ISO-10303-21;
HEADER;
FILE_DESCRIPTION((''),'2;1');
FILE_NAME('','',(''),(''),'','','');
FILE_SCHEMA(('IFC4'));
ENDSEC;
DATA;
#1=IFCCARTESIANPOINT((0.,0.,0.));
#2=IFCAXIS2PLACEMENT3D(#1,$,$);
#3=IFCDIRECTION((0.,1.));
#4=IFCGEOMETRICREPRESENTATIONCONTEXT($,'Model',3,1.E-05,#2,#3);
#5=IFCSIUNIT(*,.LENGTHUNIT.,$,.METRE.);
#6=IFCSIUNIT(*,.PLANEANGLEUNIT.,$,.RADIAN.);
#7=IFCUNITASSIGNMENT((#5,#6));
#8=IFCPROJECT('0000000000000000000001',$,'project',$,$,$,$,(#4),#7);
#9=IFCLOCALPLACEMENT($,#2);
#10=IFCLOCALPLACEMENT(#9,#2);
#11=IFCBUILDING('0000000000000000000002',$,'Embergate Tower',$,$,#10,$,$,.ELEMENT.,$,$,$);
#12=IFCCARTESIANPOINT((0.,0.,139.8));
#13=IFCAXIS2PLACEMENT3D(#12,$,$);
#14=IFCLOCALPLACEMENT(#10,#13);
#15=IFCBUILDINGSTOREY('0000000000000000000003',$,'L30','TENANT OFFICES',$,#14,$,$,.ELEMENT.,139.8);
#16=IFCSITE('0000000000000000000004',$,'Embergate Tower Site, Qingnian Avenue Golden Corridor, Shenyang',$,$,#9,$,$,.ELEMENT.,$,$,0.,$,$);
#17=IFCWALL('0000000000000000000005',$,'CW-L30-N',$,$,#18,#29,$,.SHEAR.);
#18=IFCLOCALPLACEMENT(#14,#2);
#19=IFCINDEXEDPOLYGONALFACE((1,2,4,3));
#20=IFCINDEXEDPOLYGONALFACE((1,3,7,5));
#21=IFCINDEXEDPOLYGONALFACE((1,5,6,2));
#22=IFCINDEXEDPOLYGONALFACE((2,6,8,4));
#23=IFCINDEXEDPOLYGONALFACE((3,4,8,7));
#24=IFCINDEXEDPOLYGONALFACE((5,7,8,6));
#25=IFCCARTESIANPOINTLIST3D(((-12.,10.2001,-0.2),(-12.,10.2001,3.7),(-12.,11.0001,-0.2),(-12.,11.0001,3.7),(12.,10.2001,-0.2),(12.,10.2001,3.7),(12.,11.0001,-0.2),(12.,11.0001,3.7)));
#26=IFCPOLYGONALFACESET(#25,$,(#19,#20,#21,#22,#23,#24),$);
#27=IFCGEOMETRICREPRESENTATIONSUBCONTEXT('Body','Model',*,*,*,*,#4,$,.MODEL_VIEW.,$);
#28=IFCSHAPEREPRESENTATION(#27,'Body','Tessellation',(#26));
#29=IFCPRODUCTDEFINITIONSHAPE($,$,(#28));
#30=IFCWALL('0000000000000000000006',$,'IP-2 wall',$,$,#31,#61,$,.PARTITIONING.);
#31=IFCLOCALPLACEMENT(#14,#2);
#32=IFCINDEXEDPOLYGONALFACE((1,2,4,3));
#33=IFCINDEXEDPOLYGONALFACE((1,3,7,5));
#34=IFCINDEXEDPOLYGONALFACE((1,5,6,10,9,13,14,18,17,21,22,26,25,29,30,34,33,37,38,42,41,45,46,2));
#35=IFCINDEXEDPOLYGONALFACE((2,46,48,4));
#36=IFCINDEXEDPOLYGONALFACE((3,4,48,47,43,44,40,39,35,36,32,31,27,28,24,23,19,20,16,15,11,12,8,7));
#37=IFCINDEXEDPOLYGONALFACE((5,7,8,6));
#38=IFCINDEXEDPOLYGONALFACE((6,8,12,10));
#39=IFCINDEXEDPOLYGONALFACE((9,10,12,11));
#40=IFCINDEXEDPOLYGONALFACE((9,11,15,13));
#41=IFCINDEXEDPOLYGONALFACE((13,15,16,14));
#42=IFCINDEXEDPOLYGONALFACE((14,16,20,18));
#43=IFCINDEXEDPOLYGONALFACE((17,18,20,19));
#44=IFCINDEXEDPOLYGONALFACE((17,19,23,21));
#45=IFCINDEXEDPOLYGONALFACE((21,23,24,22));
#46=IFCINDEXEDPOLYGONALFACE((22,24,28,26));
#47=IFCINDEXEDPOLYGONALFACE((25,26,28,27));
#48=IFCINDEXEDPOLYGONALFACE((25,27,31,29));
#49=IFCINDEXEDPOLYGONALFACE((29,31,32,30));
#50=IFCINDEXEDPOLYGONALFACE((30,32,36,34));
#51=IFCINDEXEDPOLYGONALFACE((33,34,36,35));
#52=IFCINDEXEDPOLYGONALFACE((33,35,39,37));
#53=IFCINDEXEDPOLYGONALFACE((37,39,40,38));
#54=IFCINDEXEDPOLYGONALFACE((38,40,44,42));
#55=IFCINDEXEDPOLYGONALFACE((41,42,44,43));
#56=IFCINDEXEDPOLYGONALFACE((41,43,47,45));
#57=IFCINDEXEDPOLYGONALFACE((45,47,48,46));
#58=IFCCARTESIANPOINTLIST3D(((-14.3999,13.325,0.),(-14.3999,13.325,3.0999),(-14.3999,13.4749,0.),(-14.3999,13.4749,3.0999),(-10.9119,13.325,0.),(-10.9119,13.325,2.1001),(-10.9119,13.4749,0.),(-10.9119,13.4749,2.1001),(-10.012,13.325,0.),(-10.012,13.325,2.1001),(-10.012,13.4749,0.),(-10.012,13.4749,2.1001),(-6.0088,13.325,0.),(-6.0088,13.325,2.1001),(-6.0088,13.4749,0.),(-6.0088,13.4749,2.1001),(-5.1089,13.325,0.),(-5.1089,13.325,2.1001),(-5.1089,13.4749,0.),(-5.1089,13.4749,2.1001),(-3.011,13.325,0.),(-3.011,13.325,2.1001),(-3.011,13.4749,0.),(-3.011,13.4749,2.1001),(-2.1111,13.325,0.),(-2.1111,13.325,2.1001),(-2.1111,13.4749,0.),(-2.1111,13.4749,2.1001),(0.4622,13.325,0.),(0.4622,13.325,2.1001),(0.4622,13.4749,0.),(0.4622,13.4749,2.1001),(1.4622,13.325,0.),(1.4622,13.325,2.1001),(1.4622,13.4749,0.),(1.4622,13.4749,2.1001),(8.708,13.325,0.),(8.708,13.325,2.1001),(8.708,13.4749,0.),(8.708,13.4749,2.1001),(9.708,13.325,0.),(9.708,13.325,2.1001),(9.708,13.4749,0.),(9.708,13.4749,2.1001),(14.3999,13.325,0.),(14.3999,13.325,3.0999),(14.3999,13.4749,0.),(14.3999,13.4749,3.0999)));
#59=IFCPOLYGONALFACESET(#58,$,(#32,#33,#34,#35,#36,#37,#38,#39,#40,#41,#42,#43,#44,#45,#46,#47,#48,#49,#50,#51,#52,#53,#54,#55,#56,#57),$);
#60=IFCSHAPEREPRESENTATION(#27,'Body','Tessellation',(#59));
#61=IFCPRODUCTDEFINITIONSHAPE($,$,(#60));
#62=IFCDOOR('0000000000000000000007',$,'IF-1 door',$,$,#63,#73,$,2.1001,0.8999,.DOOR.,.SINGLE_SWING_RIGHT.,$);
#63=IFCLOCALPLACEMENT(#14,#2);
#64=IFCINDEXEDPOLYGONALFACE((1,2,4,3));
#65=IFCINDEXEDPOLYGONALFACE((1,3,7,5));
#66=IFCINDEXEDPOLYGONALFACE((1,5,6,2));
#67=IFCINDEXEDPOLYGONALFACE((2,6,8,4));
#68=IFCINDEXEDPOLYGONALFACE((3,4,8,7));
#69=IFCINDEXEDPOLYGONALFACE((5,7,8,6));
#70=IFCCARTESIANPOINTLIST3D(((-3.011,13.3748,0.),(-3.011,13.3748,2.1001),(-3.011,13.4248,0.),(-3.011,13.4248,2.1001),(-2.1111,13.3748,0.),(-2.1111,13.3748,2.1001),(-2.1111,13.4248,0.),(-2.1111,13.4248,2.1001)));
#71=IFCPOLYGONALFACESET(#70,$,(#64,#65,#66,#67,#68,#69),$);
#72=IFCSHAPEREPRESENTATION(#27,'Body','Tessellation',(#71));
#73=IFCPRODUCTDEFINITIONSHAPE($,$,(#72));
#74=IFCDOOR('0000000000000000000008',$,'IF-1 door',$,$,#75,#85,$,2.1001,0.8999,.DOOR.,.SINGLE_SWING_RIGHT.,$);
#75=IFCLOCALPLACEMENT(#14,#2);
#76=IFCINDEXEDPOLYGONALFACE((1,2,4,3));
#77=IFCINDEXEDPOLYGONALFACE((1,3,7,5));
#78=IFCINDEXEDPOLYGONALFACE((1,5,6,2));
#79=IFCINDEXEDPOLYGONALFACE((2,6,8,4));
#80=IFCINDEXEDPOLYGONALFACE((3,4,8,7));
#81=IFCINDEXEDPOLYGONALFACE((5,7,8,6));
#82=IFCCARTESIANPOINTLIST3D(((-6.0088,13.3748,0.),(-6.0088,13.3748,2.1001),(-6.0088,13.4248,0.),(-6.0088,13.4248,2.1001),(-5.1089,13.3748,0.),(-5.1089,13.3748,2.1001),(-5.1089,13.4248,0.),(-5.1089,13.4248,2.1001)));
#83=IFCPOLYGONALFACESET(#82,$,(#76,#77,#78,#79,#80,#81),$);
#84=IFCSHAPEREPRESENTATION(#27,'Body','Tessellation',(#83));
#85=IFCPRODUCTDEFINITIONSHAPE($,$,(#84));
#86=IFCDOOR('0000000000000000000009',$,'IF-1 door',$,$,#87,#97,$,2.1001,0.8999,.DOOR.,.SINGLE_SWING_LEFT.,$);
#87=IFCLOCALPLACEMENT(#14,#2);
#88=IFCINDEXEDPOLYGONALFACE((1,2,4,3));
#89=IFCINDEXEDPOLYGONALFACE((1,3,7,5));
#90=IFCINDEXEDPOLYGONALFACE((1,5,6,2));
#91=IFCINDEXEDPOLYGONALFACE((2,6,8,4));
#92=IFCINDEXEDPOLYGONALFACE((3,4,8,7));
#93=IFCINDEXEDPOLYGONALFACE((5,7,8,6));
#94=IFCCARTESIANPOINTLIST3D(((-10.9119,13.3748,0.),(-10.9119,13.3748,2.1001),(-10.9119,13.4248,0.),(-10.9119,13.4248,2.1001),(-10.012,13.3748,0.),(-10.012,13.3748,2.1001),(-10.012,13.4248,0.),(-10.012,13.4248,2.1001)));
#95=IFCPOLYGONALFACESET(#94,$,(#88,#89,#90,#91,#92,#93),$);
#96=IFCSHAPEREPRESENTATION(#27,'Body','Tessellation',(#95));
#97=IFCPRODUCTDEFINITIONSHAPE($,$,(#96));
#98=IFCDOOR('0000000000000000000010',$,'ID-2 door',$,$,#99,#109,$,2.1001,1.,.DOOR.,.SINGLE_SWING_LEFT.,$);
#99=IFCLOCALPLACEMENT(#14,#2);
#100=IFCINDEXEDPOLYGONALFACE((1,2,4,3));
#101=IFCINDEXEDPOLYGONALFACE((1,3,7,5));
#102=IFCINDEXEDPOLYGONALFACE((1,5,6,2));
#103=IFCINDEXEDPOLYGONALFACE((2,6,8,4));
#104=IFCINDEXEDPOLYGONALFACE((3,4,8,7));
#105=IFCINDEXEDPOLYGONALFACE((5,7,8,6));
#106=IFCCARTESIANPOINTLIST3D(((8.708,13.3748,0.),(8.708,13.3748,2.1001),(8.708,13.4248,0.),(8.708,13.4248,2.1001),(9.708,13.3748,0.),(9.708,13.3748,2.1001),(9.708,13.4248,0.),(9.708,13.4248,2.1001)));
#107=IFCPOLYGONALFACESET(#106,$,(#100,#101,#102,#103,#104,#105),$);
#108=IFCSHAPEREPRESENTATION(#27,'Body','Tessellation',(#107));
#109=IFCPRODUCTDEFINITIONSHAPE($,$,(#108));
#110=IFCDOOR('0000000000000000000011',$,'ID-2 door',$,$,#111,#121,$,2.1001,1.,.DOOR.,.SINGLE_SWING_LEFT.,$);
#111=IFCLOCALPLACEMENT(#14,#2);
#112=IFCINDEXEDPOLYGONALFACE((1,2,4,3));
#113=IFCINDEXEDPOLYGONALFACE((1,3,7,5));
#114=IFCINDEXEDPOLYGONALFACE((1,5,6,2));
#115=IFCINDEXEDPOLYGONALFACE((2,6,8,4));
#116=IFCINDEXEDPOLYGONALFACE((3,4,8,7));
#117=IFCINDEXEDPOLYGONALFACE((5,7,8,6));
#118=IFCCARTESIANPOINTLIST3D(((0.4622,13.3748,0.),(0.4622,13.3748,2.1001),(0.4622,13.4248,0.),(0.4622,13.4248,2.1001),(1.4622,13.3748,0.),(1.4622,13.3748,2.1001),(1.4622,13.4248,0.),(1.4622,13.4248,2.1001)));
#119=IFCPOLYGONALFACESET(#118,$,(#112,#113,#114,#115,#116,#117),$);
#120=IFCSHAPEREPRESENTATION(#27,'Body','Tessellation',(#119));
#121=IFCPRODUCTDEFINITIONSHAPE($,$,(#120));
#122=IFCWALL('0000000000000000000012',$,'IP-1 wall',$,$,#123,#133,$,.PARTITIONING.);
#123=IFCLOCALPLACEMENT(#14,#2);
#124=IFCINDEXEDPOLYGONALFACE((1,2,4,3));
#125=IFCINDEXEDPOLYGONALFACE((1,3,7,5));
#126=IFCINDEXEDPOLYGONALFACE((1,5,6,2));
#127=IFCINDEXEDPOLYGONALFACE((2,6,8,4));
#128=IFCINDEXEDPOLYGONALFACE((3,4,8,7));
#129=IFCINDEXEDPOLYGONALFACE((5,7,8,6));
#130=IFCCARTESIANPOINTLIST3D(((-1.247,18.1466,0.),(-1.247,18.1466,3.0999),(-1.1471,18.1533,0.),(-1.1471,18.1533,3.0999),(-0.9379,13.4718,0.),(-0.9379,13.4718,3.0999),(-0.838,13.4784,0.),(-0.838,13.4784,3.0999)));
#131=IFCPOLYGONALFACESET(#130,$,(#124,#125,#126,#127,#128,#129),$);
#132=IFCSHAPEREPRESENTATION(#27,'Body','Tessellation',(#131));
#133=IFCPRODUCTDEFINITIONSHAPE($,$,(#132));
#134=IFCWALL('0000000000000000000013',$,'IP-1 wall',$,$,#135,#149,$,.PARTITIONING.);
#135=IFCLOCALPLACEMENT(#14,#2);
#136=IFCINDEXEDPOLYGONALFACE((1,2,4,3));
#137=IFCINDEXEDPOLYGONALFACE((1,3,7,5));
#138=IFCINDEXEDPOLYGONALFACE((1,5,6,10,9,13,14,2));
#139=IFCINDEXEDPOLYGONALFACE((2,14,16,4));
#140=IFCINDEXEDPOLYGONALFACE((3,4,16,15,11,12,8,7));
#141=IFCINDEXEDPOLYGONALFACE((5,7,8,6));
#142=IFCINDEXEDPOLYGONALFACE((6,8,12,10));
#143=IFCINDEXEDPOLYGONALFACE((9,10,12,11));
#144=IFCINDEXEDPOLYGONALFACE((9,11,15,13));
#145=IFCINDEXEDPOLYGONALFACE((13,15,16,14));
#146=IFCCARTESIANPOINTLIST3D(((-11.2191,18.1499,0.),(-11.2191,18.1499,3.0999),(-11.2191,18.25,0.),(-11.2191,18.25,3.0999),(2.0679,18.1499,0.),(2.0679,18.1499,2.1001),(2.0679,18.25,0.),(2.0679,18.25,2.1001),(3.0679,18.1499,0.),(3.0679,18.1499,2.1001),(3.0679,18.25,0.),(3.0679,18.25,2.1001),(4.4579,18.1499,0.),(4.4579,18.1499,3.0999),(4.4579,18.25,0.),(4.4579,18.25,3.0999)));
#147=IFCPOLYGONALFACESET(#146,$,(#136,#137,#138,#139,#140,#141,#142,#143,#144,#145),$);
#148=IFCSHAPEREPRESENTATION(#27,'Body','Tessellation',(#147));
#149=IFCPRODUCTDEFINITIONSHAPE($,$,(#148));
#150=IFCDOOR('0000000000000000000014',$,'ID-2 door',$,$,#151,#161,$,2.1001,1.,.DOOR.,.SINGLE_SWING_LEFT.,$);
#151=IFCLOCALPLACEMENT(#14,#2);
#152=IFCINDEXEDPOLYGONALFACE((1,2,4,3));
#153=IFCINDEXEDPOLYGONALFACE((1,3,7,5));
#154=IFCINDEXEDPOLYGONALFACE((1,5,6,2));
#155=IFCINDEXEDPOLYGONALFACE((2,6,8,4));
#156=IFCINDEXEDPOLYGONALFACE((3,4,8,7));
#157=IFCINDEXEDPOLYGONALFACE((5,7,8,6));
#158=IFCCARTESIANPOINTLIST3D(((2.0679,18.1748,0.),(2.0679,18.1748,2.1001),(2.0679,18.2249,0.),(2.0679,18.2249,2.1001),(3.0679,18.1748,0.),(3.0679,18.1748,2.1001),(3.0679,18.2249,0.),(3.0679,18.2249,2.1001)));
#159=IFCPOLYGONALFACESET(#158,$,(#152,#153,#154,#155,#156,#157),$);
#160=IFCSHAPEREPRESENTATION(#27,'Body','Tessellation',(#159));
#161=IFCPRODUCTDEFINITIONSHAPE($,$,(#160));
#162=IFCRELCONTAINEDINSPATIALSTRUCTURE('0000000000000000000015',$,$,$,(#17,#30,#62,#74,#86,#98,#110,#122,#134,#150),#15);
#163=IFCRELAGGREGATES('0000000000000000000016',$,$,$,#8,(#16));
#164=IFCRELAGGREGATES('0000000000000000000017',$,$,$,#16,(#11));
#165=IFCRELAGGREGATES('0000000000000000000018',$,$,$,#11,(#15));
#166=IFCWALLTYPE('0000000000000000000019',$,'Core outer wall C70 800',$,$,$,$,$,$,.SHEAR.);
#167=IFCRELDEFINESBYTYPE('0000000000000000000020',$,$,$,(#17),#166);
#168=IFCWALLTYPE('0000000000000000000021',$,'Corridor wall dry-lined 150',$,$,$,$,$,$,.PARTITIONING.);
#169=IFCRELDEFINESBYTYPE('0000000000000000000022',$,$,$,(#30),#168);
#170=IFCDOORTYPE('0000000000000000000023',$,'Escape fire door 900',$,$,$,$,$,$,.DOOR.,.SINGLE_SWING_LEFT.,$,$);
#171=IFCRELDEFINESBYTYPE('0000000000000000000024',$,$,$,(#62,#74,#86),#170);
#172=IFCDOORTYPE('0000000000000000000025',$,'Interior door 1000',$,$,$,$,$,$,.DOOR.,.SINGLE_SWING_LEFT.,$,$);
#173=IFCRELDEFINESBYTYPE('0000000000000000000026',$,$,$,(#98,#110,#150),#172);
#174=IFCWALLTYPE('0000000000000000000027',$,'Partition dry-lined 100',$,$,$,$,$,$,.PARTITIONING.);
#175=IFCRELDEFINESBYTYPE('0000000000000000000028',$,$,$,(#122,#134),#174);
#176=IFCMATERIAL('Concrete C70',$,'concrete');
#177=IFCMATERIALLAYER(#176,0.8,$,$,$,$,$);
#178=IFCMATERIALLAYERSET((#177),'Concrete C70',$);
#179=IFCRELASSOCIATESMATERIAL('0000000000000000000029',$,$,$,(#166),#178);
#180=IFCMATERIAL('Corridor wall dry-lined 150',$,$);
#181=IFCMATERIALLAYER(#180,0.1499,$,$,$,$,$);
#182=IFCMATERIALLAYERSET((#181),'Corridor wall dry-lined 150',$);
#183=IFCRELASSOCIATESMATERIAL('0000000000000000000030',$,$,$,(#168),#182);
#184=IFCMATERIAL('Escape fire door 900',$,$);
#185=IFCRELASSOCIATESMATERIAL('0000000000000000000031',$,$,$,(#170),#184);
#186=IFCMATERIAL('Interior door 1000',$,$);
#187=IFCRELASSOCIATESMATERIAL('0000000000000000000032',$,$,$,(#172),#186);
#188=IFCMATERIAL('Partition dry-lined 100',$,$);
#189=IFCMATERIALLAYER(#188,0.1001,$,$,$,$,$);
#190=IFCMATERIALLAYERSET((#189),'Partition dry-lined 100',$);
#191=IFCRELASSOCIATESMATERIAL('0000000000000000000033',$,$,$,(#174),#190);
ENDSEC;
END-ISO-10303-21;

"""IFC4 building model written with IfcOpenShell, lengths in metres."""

from ifc_helpers import new_model, si_unit, direction, frame, frame_2d, origin, place, context, subcontext, project, spatial, rectangle, extrude, source, transform, mapped, material, layer, layer_set, type_object, element, fill, save


model = new_model("IFC4")

# Units and contexts
model_context = context("Model", 3, precision=1e-05, world=origin(), true_north=direction((0.0, 1.0)))
body_context = subcontext(model_context, "Body", "Model", "MODEL_VIEW")
ifc_project = project(units=[si_unit("LENGTHUNIT", "METRE"), si_unit("PLANEANGLEUNIT", "RADIAN")], contexts=[model_context])

# Site, building, storey
site_placement = place(None, origin())
site = spatial("IfcSite", under=ifc_project, at=site_placement, Name="Embergate Tower Site, Qingnian Avenue Golden Corridor, Shenyang", CompositionType="ELEMENT", RefElevation=0.0)
building_placement = place(site_placement, origin())
building = spatial("IfcBuilding", under=site, at=building_placement, Name="Embergate Tower", CompositionType="ELEMENT")
storey_placement = place(building_placement, frame((0.0, 0.0, 139.8)))
storey = spatial("IfcBuildingStorey", under=building, at=storey_placement, Name="L30", Description="TENANT OFFICES", CompositionType="ELEMENT", Elevation=139.8)

# Shared definitions
ifc_material_1 = material(Name="Concrete C70", Category="concrete")

# Wall
ifc_layer_1 = layer(ifc_material_1, 0.8)
ifc_layer_set_1 = layer_set([ifc_layer_1], Name="Concrete C70")
wall_type_1 = type_object("IfcWallType", Name="Core outer wall C70 800", PredefinedType="SHEAR", material=ifc_layer_set_1)
shared_shape_1 = source(origin(), body_context, "Body", "SweptSolid", [
    extrude(rectangle(XDim=24.0, YDim=0.8, at=frame_2d((12.0, 0.0))), origin(), (0.0, 0.0, 1.0), 3.8999),
])
wall_1_placement = place(storey_placement, frame((-12.0, 10.6001, -0.2), z_axis=(0.0, 0.0, 1.0), x_axis=(1.0, 0.0, 0.0)))
element("IfcWall", 1, at=wall_1_placement, inside=storey, type_object=wall_type_1, Name="CW-L30-N", PredefinedType="SHEAR", context=body_context, shape_type="MappedRepresentation", body=[
    mapped(shared_shape_1, transform((0.0, 0.0, 0.0))),
])

# Wall, openings, doors
ifc_material_2 = material(Name="Corridor wall dry-lined 150")
ifc_layer_2 = layer(ifc_material_2, 0.1499)
ifc_layer_set_2 = layer_set([ifc_layer_2], Name="Corridor wall dry-lined 150")
wall_type_2 = type_object("IfcWallType", Name="Corridor wall dry-lined 150", PredefinedType="PARTITIONING", material=ifc_layer_set_2)
shared_shape_2 = source(origin(), body_context, "Body", "SweptSolid", [
    extrude(rectangle(XDim=28.7998, YDim=0.1499, at=frame_2d((14.3999, 0.0))), origin(), (0.0, 0.0, 1.0), 3.0999),
])
wall_2_placement = place(storey_placement, frame((-14.3999, 13.3999, 0.0), z_axis=(0.0, 0.0, 1.0), x_axis=(1.0, 0.0, 0.0)))
wall_2 = element("IfcWall", 2, at=wall_2_placement, inside=storey, type_object=wall_type_2, Name="IP-2 wall", PredefinedType="PARTITIONING", context=body_context, shape_type="MappedRepresentation", body=[
    mapped(shared_shape_2, transform((0.0, 0.0, 0.0))),
])
shared_shape_3 = source(origin(), body_context, "Body", "SweptSolid", [
    extrude(rectangle(XDim=1.0, YDim=2.1001, at=frame_2d((0.5, 1.05))), frame((0.0, 0.085, 0.0), z_axis=(0.0, -1.0, 0.0), x_axis=(1.0, 0.0, 0.0)), (0.0, 0.0, 1.0), 0.1699),
])
opening_1_placement = place(wall_2_placement, frame((23.1079, 0.0, 0.0)))
opening_1 = element("IfcOpeningElement", 3, at=opening_1_placement, cuts=wall_2, PredefinedType="OPENING", context=body_context, shape_type="MappedRepresentation", body=[
    mapped(shared_shape_3, transform((0.0, 0.0, 0.0))),
])
opening_2_placement = place(wall_2_placement, frame((14.8621, 0.0, 0.0)))
opening_2 = element("IfcOpeningElement", 4, at=opening_2_placement, cuts=wall_2, PredefinedType="OPENING", context=body_context, shape_type="MappedRepresentation", body=[
    mapped(shared_shape_3, transform((0.0, 0.0, 0.0))),
])
shared_shape_4 = source(origin(), body_context, "Body", "SweptSolid", [
    extrude(rectangle(XDim=0.8999, YDim=2.1001, at=frame_2d((0.45, 1.05))), frame((0.0, 0.085, 0.0), z_axis=(0.0, -1.0, 0.0), x_axis=(1.0, 0.0, 0.0)), (0.0, 0.0, 1.0), 0.1699),
])
opening_3_placement = place(wall_2_placement, frame((11.3889, 0.0, 0.0)))
opening_3 = element("IfcOpeningElement", 5, at=opening_3_placement, cuts=wall_2, PredefinedType="OPENING", context=body_context, shape_type="MappedRepresentation", body=[
    mapped(shared_shape_4, transform((0.0, 0.0, 0.0))),
])
opening_4_placement = place(wall_2_placement, frame((8.3911, 0.0, 0.0)))
opening_4 = element("IfcOpeningElement", 6, at=opening_4_placement, cuts=wall_2, PredefinedType="OPENING", context=body_context, shape_type="MappedRepresentation", body=[
    mapped(shared_shape_4, transform((0.0, 0.0, 0.0))),
])
opening_5_placement = place(wall_2_placement, frame((3.488, 0.0, 0.0)))
opening_5 = element("IfcOpeningElement", 7, at=opening_5_placement, cuts=wall_2, PredefinedType="OPENING", context=body_context, shape_type="MappedRepresentation", body=[
    mapped(shared_shape_4, transform((0.0, 0.0, 0.0))),
])
ifc_material_3 = material(Name="Escape fire door 900")
door_type_1 = type_object("IfcDoorType", Name="Escape fire door 900", OperationType="SINGLE_SWING_LEFT", PredefinedType="DOOR", material=ifc_material_3)
shared_shape_5 = source(origin(), body_context, "Body", "SweptSolid", [
    extrude(rectangle(XDim=0.8999, YDim=2.1001, at=frame_2d((0.45, 1.05))), frame((0.0, 0.0249, 0.0), z_axis=(0.0, -1.0, 0.0), x_axis=(1.0, 0.0, 0.0)), (0.0, 0.0, 1.0), 0.05),
])
door_1_placement = place(opening_3_placement, origin())
door_1 = element("IfcDoor", 8, at=door_1_placement, inside=storey, type_object=door_type_1, Name="IF-1 door", OperationType="SINGLE_SWING_RIGHT", OverallHeight=2.1001, OverallWidth=0.8999, PredefinedType="DOOR", context=body_context, shape_type="MappedRepresentation", body=[
    mapped(shared_shape_5, transform((0.0, 0.0, 0.0))),
])
fill(opening_3, door_1)
door_2_placement = place(opening_4_placement, origin())
door_2 = element("IfcDoor", 9, at=door_2_placement, inside=storey, type_object=door_type_1, Name="IF-1 door", OperationType="SINGLE_SWING_RIGHT", OverallHeight=2.1001, OverallWidth=0.8999, PredefinedType="DOOR", context=body_context, shape_type="MappedRepresentation", body=[
    mapped(shared_shape_5, transform((0.0, 0.0, 0.0))),
])
fill(opening_4, door_2)
door_3_placement = place(opening_5_placement, origin())
door_3 = element("IfcDoor", 10, at=door_3_placement, inside=storey, type_object=door_type_1, Name="IF-1 door", OperationType="SINGLE_SWING_LEFT", OverallHeight=2.1001, OverallWidth=0.8999, PredefinedType="DOOR", context=body_context, shape_type="MappedRepresentation", body=[
    mapped(shared_shape_5, transform((0.0, 0.0, 0.0))),
])
fill(opening_5, door_3)
ifc_material_4 = material(Name="Interior door 1000")
door_type_2 = type_object("IfcDoorType", Name="Interior door 1000", OperationType="SINGLE_SWING_LEFT", PredefinedType="DOOR", material=ifc_material_4)
shared_shape_6 = source(origin(), body_context, "Body", "SweptSolid", [
    extrude(rectangle(XDim=1.0, YDim=2.1001, at=frame_2d((0.5, 1.05))), frame((0.0, 0.0249, 0.0), z_axis=(0.0, -1.0, 0.0), x_axis=(1.0, 0.0, 0.0)), (0.0, 0.0, 1.0), 0.05),
])
door_4_placement = place(opening_1_placement, origin())
door_4 = element("IfcDoor", 11, at=door_4_placement, inside=storey, type_object=door_type_2, Name="ID-2 door", OperationType="SINGLE_SWING_LEFT", OverallHeight=2.1001, OverallWidth=1.0, PredefinedType="DOOR", context=body_context, shape_type="MappedRepresentation", body=[
    mapped(shared_shape_6, transform((0.0, 0.0, 0.0))),
])
fill(opening_1, door_4)
door_5_placement = place(opening_2_placement, origin())
door_5 = element("IfcDoor", 12, at=door_5_placement, inside=storey, type_object=door_type_2, Name="ID-2 door", OperationType="SINGLE_SWING_LEFT", OverallHeight=2.1001, OverallWidth=1.0, PredefinedType="DOOR", context=body_context, shape_type="MappedRepresentation", body=[
    mapped(shared_shape_6, transform((0.0, 0.0, 0.0))),
])
fill(opening_2, door_5)

# Wall
ifc_material_5 = material(Name="Partition dry-lined 100")
ifc_layer_3 = layer(ifc_material_5, 0.1001)
ifc_layer_set_3 = layer_set([ifc_layer_3], Name="Partition dry-lined 100")
wall_type_3 = type_object("IfcWallType", Name="Partition dry-lined 100", PredefinedType="PARTITIONING", material=ifc_layer_set_3)
shared_shape_7 = source(origin(), body_context, "Body", "SweptSolid", [
    extrude(rectangle(XDim=4.6851, YDim=0.1001, at=frame_2d((2.3425, 0.0))), origin(), (0.0, 0.0, 1.0), 3.0999),
])
wall_3_placement = place(storey_placement, frame((-0.8879, 13.4751, 0.0), z_axis=(0.0, 0.0, 1.0), x_axis=(-0.065973, 0.997821, 0.0)))
element("IfcWall", 13, at=wall_3_placement, inside=storey, type_object=wall_type_3, Name="IP-1 wall", PredefinedType="PARTITIONING", context=body_context, shape_type="MappedRepresentation", body=[
    mapped(shared_shape_7, transform((0.0, 0.0, 0.0))),
])

# Wall, opening, door
shared_shape_8 = source(origin(), body_context, "Body", "SweptSolid", [
    extrude(rectangle(XDim=15.677, YDim=0.1001, at=frame_2d((7.8384, 0.0))), origin(), (0.0, 0.0, 1.0), 3.0999),
])
wall_4_placement = place(storey_placement, frame((-11.219, 18.2, 0.0), z_axis=(0.0, 0.0, 1.0), x_axis=(1.0, 0.0, 0.0)))
wall_4 = element("IfcWall", 14, at=wall_4_placement, inside=storey, type_object=wall_type_3, Name="IP-1 wall", PredefinedType="PARTITIONING", context=body_context, shape_type="MappedRepresentation", body=[
    mapped(shared_shape_8, transform((0.0, 0.0, 0.0))),
])
shared_shape_9 = source(origin(), body_context, "Body", "SweptSolid", [
    extrude(rectangle(XDim=1.0, YDim=2.1001, at=frame_2d((0.5, 1.05))), frame((0.0, 0.0601, 0.0), z_axis=(0.0, -1.0, 0.0), x_axis=(1.0, 0.0, 0.0)), (0.0, 0.0, 1.0), 0.1201),
])
opening_6_placement = place(wall_4_placement, frame((13.2869, 0.0, 0.0)))
opening_6 = element("IfcOpeningElement", 15, at=opening_6_placement, cuts=wall_4, PredefinedType="OPENING", context=body_context, shape_type="MappedRepresentation", body=[
    mapped(shared_shape_9, transform((0.0, 0.0, 0.0))),
])
door_6_placement = place(opening_6_placement, origin())
door_6 = element("IfcDoor", 16, at=door_6_placement, inside=storey, type_object=door_type_2, Name="ID-2 door", OperationType="SINGLE_SWING_LEFT", OverallHeight=2.1001, OverallWidth=1.0, PredefinedType="DOOR", context=body_context, shape_type="MappedRepresentation", body=[
    mapped(shared_shape_6, transform((0.0, 0.0, 0.0))),
])
fill(opening_6, door_6)

save(model, "model.ifc")
